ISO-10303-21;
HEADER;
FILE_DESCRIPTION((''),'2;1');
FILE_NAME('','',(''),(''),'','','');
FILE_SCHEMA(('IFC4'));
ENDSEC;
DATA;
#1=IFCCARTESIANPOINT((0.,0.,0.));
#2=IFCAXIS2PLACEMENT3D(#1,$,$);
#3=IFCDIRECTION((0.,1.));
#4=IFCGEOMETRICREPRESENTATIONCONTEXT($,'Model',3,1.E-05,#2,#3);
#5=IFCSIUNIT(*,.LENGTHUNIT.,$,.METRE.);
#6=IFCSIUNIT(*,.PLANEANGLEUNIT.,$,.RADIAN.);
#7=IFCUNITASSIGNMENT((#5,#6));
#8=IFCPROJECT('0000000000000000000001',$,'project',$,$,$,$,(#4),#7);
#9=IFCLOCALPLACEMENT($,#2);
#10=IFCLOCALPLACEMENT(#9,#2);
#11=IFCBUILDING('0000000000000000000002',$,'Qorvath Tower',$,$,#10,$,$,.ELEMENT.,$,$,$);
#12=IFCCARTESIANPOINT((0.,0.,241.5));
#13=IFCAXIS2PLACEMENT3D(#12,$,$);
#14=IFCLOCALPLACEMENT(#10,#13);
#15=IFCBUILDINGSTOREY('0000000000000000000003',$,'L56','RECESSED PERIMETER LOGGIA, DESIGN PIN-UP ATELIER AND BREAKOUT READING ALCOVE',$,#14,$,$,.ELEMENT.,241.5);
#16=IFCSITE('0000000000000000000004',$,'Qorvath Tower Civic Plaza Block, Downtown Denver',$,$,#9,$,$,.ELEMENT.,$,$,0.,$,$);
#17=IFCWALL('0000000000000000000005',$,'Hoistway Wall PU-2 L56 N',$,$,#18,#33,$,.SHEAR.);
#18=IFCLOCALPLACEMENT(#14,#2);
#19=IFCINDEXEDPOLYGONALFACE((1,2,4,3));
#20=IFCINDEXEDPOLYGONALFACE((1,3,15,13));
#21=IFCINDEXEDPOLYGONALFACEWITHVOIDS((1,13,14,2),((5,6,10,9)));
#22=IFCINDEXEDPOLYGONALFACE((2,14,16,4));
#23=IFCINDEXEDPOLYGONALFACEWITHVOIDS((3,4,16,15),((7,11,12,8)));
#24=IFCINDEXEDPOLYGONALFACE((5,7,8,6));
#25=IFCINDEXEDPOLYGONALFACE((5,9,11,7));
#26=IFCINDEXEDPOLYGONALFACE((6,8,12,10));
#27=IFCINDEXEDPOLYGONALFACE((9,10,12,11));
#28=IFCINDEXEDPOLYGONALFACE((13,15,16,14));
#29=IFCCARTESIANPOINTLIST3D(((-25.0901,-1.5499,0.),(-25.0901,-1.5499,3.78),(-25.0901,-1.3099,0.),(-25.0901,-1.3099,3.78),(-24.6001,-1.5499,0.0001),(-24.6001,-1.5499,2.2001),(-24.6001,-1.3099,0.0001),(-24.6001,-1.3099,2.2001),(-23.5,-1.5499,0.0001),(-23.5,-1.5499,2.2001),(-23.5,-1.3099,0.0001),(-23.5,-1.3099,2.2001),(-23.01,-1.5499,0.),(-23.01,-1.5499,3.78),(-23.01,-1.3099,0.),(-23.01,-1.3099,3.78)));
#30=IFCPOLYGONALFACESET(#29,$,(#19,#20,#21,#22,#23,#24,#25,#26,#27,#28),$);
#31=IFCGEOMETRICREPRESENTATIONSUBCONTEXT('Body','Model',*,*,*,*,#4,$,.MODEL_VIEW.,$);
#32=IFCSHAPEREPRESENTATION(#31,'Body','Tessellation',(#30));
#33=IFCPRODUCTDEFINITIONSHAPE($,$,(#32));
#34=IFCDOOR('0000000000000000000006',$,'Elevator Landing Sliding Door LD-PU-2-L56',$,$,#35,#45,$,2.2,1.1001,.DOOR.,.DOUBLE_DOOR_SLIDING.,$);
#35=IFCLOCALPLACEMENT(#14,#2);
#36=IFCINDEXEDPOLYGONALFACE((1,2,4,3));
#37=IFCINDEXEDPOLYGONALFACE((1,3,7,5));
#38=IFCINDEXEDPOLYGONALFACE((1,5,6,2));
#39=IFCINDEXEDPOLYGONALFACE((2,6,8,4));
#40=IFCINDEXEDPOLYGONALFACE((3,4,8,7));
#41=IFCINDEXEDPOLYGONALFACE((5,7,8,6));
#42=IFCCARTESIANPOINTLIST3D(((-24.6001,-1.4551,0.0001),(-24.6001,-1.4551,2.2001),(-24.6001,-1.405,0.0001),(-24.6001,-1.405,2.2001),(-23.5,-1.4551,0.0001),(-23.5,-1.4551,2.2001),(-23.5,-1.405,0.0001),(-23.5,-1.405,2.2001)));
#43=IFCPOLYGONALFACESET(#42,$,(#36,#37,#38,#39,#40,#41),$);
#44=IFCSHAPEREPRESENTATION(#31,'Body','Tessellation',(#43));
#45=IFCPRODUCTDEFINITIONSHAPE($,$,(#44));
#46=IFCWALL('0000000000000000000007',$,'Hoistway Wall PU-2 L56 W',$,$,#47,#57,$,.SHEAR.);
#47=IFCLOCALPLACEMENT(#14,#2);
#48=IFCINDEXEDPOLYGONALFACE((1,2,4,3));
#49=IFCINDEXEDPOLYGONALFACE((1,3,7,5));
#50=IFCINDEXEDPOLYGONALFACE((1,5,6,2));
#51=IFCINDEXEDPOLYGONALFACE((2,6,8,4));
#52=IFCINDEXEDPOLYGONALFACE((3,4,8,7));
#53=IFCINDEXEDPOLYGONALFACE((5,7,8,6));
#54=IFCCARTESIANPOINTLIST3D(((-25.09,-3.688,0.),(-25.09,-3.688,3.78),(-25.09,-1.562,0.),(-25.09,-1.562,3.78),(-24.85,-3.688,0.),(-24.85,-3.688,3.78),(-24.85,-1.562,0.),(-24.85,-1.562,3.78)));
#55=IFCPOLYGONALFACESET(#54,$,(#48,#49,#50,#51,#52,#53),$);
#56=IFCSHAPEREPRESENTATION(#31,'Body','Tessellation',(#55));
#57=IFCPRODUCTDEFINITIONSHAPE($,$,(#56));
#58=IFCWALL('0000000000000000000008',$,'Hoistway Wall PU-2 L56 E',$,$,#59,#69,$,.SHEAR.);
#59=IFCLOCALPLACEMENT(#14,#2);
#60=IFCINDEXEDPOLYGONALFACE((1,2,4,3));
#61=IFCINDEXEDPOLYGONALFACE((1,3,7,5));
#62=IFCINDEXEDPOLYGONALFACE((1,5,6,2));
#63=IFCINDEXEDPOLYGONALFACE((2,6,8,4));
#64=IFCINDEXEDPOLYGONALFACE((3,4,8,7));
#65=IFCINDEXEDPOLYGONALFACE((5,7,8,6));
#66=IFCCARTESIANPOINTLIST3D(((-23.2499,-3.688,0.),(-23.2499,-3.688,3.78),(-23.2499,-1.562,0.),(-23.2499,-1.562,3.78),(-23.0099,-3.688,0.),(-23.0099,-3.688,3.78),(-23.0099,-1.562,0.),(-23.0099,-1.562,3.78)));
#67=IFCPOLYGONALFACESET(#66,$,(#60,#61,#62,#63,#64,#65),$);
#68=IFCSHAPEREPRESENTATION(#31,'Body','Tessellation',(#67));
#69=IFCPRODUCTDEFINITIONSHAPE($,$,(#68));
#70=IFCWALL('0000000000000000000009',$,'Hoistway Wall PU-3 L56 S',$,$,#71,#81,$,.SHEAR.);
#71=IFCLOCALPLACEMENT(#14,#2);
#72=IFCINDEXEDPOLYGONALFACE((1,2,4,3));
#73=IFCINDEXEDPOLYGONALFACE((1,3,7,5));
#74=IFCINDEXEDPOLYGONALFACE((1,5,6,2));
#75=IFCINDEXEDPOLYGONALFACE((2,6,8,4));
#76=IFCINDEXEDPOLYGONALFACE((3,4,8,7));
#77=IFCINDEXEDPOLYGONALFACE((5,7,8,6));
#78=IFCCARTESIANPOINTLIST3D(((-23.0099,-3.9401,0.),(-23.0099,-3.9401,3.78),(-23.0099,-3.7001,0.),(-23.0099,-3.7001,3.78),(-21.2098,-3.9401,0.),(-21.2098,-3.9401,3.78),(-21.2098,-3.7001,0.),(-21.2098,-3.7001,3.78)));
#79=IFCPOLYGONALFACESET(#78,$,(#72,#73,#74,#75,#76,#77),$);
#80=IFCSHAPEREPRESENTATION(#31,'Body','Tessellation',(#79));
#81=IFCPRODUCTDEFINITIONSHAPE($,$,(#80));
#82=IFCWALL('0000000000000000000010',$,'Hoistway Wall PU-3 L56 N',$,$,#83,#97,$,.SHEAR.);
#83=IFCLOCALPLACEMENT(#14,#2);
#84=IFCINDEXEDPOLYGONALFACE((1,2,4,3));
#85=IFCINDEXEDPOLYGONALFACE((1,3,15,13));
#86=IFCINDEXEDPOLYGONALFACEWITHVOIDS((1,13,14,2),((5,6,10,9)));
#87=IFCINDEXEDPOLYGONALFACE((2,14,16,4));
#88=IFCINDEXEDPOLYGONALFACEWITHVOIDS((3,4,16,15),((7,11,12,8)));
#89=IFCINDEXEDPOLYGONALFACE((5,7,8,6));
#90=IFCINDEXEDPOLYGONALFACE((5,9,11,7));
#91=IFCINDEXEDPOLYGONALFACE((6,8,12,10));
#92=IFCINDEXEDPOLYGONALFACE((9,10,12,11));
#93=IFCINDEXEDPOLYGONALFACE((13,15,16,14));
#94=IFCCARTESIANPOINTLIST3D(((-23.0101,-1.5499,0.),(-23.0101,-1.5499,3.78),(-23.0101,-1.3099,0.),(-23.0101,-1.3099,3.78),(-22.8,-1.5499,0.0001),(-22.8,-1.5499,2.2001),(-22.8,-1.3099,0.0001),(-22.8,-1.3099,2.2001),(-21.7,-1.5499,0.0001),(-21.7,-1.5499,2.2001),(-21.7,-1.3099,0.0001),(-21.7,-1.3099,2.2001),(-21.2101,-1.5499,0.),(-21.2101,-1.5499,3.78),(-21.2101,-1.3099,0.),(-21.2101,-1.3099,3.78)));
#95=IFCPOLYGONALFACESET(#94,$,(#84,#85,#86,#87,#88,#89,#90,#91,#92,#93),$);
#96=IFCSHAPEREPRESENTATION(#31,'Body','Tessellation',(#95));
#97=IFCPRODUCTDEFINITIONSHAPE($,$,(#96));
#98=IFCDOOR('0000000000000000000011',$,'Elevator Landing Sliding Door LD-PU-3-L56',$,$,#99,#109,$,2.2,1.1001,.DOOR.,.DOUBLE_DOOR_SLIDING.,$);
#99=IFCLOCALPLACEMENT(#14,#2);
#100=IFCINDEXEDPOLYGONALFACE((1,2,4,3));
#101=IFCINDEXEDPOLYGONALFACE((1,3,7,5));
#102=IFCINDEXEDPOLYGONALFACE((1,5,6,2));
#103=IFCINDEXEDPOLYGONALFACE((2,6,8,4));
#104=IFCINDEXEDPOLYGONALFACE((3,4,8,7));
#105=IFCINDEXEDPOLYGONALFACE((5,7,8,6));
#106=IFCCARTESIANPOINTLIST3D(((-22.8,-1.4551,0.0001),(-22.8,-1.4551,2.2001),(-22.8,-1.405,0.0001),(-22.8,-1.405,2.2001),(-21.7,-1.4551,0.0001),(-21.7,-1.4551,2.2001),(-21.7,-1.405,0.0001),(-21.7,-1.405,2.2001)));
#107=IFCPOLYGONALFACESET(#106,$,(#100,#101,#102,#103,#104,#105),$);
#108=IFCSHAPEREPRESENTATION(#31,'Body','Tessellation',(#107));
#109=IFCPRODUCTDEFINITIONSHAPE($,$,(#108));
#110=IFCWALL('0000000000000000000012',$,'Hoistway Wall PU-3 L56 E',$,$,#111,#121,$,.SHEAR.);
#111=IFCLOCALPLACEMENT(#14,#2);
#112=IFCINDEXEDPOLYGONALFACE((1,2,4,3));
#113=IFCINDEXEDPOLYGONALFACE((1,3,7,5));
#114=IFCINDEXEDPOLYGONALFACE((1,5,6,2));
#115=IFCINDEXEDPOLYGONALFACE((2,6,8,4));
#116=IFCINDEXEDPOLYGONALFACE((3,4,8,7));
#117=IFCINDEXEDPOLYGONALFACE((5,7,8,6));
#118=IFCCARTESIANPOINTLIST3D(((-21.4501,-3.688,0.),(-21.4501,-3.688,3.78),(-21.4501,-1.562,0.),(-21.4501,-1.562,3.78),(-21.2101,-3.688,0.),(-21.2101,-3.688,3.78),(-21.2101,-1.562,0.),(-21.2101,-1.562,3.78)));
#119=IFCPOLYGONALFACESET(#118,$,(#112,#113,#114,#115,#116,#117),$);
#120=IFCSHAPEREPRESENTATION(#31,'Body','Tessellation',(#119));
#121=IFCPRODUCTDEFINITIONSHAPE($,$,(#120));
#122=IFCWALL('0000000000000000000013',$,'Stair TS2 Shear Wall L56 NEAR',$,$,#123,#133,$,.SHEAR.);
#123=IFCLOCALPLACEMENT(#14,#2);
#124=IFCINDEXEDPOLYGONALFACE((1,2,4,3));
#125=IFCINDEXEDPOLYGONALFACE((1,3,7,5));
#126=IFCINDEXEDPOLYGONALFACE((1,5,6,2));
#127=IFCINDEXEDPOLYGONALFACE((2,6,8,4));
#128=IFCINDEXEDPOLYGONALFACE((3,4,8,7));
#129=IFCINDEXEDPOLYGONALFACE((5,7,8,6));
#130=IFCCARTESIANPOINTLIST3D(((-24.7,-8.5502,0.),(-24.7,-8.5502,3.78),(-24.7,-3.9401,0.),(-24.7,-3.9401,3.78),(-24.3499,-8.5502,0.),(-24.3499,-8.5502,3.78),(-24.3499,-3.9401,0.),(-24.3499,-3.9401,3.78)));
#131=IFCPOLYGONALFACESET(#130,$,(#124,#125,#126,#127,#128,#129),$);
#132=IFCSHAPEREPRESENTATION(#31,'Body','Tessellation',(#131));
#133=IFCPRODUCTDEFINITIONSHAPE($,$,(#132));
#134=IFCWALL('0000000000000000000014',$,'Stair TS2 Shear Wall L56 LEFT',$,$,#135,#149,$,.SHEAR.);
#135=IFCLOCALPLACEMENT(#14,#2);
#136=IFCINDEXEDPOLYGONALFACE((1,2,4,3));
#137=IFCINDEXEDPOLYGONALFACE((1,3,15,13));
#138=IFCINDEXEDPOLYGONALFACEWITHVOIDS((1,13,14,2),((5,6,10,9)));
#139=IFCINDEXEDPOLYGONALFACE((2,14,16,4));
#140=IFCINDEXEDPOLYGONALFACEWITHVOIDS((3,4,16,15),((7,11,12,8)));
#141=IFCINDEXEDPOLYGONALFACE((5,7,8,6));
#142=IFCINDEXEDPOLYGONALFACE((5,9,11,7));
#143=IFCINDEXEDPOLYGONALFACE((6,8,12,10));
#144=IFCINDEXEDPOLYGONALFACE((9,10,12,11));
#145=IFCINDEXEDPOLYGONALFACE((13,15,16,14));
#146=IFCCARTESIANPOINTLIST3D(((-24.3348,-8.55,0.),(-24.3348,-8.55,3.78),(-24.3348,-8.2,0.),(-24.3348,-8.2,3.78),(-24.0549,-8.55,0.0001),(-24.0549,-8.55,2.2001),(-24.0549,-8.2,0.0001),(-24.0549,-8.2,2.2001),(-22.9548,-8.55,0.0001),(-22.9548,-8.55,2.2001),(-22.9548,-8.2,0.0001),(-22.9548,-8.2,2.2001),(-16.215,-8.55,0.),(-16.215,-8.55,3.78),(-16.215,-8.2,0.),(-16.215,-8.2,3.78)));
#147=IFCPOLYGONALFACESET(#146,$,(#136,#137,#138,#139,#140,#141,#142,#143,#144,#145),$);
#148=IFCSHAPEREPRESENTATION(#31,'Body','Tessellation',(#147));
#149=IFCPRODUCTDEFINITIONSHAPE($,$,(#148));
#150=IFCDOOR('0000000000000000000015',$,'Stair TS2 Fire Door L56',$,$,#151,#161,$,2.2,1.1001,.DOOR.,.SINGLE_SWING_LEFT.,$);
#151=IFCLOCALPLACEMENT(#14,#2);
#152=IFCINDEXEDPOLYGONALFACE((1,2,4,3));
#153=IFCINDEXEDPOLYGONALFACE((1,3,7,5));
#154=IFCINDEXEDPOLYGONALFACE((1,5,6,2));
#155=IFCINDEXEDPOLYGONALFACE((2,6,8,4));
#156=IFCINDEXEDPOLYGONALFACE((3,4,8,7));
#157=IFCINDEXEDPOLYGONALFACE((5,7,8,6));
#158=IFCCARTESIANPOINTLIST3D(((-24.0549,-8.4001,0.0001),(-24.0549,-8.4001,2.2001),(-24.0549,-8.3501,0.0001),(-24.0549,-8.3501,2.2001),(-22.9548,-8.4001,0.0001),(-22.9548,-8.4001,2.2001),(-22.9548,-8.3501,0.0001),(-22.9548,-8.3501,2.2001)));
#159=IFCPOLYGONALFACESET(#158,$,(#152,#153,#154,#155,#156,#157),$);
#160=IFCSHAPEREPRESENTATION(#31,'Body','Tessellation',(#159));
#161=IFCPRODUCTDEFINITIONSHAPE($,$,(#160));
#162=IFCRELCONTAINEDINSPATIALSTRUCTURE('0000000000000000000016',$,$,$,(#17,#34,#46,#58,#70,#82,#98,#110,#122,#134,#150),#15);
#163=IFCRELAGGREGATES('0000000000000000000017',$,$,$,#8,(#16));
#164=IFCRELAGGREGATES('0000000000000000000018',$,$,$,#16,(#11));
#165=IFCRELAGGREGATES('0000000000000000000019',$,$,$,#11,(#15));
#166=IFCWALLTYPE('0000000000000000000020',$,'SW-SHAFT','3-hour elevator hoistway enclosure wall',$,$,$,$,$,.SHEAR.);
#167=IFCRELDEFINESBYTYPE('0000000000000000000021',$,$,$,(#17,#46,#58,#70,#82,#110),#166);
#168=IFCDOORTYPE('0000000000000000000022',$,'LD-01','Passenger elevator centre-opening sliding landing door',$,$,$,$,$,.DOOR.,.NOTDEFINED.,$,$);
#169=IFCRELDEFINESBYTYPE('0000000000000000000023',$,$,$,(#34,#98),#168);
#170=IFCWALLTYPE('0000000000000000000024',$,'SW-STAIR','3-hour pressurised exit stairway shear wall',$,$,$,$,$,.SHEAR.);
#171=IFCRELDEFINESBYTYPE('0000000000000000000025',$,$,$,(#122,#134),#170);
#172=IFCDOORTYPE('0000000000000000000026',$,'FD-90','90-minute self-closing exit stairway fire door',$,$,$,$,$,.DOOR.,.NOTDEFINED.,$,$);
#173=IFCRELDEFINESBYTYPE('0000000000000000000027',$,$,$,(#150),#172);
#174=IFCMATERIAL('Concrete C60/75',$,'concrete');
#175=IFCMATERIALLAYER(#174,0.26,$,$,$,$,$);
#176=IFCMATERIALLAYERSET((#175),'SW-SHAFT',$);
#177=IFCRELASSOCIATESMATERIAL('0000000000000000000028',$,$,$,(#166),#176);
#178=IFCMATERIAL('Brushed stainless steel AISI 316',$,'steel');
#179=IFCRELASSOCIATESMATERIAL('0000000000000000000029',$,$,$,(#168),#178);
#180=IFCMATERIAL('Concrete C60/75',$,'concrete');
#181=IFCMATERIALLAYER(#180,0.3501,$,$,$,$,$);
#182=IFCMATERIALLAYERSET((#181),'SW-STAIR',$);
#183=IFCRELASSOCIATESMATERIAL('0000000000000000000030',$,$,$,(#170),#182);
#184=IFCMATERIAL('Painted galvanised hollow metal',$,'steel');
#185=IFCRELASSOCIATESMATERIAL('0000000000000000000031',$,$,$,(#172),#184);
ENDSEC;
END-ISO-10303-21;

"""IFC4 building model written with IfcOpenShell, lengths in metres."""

from ifc_helpers import new_model, si_unit, direction, frame, frame_2d, origin, place, context, subcontext, project, spatial, rectangle, extrude, material, layer, layer_set, type_object, element, fill, save


model = new_model("IFC4")

# Units and contexts
model_context = context("Model", 3, precision=1e-05, world=origin(), true_north=direction((0.0, 1.0)))
body_context = subcontext(model_context, "Body", "Model", "MODEL_VIEW")
ifc_project = project(units=[si_unit("LENGTHUNIT", "METRE"), si_unit("PLANEANGLEUNIT", "RADIAN")], contexts=[model_context])

# Site, building, storey
site_placement = place(None, origin())
site = spatial("IfcSite", under=ifc_project, at=site_placement, Name="Qorvath Tower Civic Plaza Block, Downtown Denver", CompositionType="ELEMENT", RefElevation=0.0)
building_placement = place(site_placement, origin())
building = spatial("IfcBuilding", under=site, at=building_placement, Name="Qorvath Tower", CompositionType="ELEMENT")
storey_placement = place(building_placement, frame((0.0, 0.0, 241.5)))
storey = spatial("IfcBuildingStorey", under=building, at=storey_placement, Name="L56", Description="RECESSED PERIMETER LOGGIA, DESIGN PIN-UP ATELIER AND BREAKOUT READING ALCOVE", CompositionType="ELEMENT", Elevation=241.5)

# Shared definitions
ifc_material_1 = material(Name="Concrete C60/75", Category="concrete")
ifc_layer_1 = layer(ifc_material_1, 0.26)
ifc_layer_set_1 = layer_set([ifc_layer_1], Name="SW-SHAFT")
wall_type_1 = type_object("IfcWallType", Name="SW-SHAFT", Description="3-hour elevator hoistway enclosure wall", PredefinedType="SHEAR", material=ifc_layer_set_1)

# Wall, opening, door
wall_1_placement = place(storey_placement, frame((-25.0901, -1.4299, 0.0), z_axis=(0.0, 0.0, 1.0), x_axis=(1.0, 0.0, 0.0)))
wall_1 = element("IfcWall", 1, at=wall_1_placement, inside=storey, type_object=wall_type_1, Name="Hoistway Wall PU-2 L56 N", PredefinedType="SHEAR", context=body_context, shape_type="SweptSolid", body=[
    extrude(rectangle(XDim=2.0801, YDim=0.24, at=frame_2d((1.04, 0.0))), origin(), (0.0, 0.0, 1.0), 3.78),
])
opening_1_placement = place(wall_1_placement, frame((0.49, 0.0, 0.0)))
opening_1 = element("IfcOpeningElement", 2, at=opening_1_placement, cuts=wall_1, PredefinedType="OPENING", context=body_context, shape_type="SweptSolid", body=[
    extrude(rectangle(XDim=1.1001, YDim=2.2, at=frame_2d((0.55, 1.1001))), frame((0.0, 0.1299, 0.0), z_axis=(0.0, -1.0, 0.0), x_axis=(1.0, 0.0, 0.0)), (0.0, 0.0, 1.0), 0.26),
])
ifc_material_2 = material(Name="Brushed stainless steel AISI 316", Category="steel")
door_type_1 = type_object("IfcDoorType", Name="LD-01", Description="Passenger elevator centre-opening sliding landing door", OperationType="NOTDEFINED", PredefinedType="DOOR", material=ifc_material_2)
door_1_placement = place(opening_1_placement, origin())
door_1 = element("IfcDoor", 3, at=door_1_placement, inside=storey, type_object=door_type_1, Name="Elevator Landing Sliding Door LD-PU-2-L56", OperationType="DOUBLE_DOOR_SLIDING", OverallHeight=2.2, OverallWidth=1.1001, PredefinedType="DOOR", context=body_context, shape_type="SweptSolid", body=[
    extrude(rectangle(XDim=1.1001, YDim=2.2, at=frame_2d((0.55, 1.1001))), frame((0.0, 0.0249, 0.0), z_axis=(0.0, -1.0, 0.0), x_axis=(1.0, 0.0, 0.0)), (0.0, 0.0, 1.0), 0.05),
])
fill(opening_1, door_1)

# Walls
for number, where, z_axis, x_axis, name in (
    (4, (-24.97, -3.688, 0.0), (0.0, 0.0, 1.0), (0.0, 1.0, 0.0), "Hoistway Wall PU-2 L56 W"),
    (5, (-23.1299, -1.562, 0.0), (0.0, 0.0, 1.0), (0.0, -1.0, 0.0), "Hoistway Wall PU-2 L56 E"),
):
    element("IfcWall", number, at=place(storey_placement, frame(where, z_axis=z_axis, x_axis=x_axis)), inside=storey, type_object=wall_type_1, Name=name, PredefinedType="SHEAR", context=body_context, shape_type="SweptSolid", body=[
        extrude(rectangle(XDim=2.126, YDim=0.24, at=frame_2d((1.063, 0.0))), origin(), (0.0, 0.0, 1.0), 3.78),
    ])
wall_2_placement = place(storey_placement, frame((-21.21, -3.8201, 0.0), z_axis=(0.0, 0.0, 1.0), x_axis=(-1.0, 0.0, 0.0)))
element("IfcWall", 6, at=wall_2_placement, inside=storey, type_object=wall_type_1, Name="Hoistway Wall PU-3 L56 S", PredefinedType="SHEAR", context=body_context, shape_type="SweptSolid", body=[
    extrude(rectangle(XDim=1.8, YDim=0.24, at=frame_2d((0.8999, 0.0))), origin(), (0.0, 0.0, 1.0), 3.78),
])

# Wall, opening, door
wall_3_placement = place(storey_placement, frame((-23.01, -1.4299, 0.0), z_axis=(0.0, 0.0, 1.0), x_axis=(1.0, 0.0, 0.0)))
wall_3 = element("IfcWall", 7, at=wall_3_placement, inside=storey, type_object=wall_type_1, Name="Hoistway Wall PU-3 L56 N", PredefinedType="SHEAR", context=body_context, shape_type="SweptSolid", body=[
    extrude(rectangle(XDim=1.8, YDim=0.24, at=frame_2d((0.8999, 0.0))), origin(), (0.0, 0.0, 1.0), 3.78),
])
opening_2_placement = place(wall_3_placement, frame((0.21, 0.0, 0.0)))
opening_2 = element("IfcOpeningElement", 8, at=opening_2_placement, cuts=wall_3, PredefinedType="OPENING", context=body_context, shape_type="SweptSolid", body=[
    extrude(rectangle(XDim=1.1001, YDim=2.2, at=frame_2d((0.55, 1.1001))), frame((0.0, 0.1299, 0.0), z_axis=(0.0, -1.0, 0.0), x_axis=(1.0, 0.0, 0.0)), (0.0, 0.0, 1.0), 0.26),
])
door_2_placement = place(opening_2_placement, origin())
door_2 = element("IfcDoor", 9, at=door_2_placement, inside=storey, type_object=door_type_1, Name="Elevator Landing Sliding Door LD-PU-3-L56", OperationType="DOUBLE_DOOR_SLIDING", OverallHeight=2.2, OverallWidth=1.1001, PredefinedType="DOOR", context=body_context, shape_type="SweptSolid", body=[
    extrude(rectangle(XDim=1.1001, YDim=2.2, at=frame_2d((0.55, 1.1001))), frame((0.0, 0.0249, 0.0), z_axis=(0.0, -1.0, 0.0), x_axis=(1.0, 0.0, 0.0)), (0.0, 0.0, 1.0), 0.05),
])
fill(opening_2, door_2)

# Walls
wall_4_placement = place(storey_placement, frame((-21.3301, -1.562, 0.0), z_axis=(0.0, 0.0, 1.0), x_axis=(0.0, -1.0, 0.0)))
element("IfcWall", 10, at=wall_4_placement, inside=storey, type_object=wall_type_1, Name="Hoistway Wall PU-3 L56 E", PredefinedType="SHEAR", context=body_context, shape_type="SweptSolid", body=[
    extrude(rectangle(XDim=2.126, YDim=0.24, at=frame_2d((1.063, 0.0))), origin(), (0.0, 0.0, 1.0), 3.78),
])
ifc_material_3 = material(Name="Concrete C60/75", Category="concrete")
ifc_layer_2 = layer(ifc_material_3, 0.3501)
ifc_layer_set_2 = layer_set([ifc_layer_2], Name="SW-STAIR")
wall_type_2 = type_object("IfcWallType", Name="SW-STAIR", Description="3-hour pressurised exit stairway shear wall", PredefinedType="SHEAR", material=ifc_layer_set_2)
wall_5_placement = place(storey_placement, frame((-24.5249, -3.9399, 0.0), z_axis=(0.0, 0.0, 1.0), x_axis=(0.0, -1.0, 0.0)))
element("IfcWall", 11, at=wall_5_placement, inside=storey, type_object=wall_type_2, Name="Stair TS2 Shear Wall L56 NEAR", PredefinedType="SHEAR", context=body_context, shape_type="SweptSolid", body=[
    extrude(rectangle(XDim=4.6101, YDim=0.3501, at=frame_2d((2.3052, 0.0))), origin(), (0.0, 0.0, 1.0), 3.78),
])

# Wall, opening, door
wall_6_placement = place(storey_placement, frame((-24.335, -8.375, 0.0), z_axis=(0.0, 0.0, 1.0), x_axis=(1.0, 0.0, 0.0)))
wall_6 = element("IfcWall", 12, at=wall_6_placement, inside=storey, type_object=wall_type_2, Name="Stair TS2 Shear Wall L56 LEFT", PredefinedType="SHEAR", context=body_context, shape_type="SweptSolid", body=[
    extrude(rectangle(XDim=8.1199, YDim=0.3501, at=frame_2d((4.0601, 0.0))), origin(), (0.0, 0.0, 1.0), 3.78),
])
opening_3_placement = place(wall_6_placement, frame((0.28, 0.0, 0.0)))
opening_3 = element("IfcOpeningElement", 13, at=opening_3_placement, cuts=wall_6, PredefinedType="OPENING", context=body_context, shape_type="SweptSolid", body=[
    extrude(rectangle(XDim=1.1001, YDim=2.2, at=frame_2d((0.55, 1.1001))), frame((0.0, 0.1851, 0.0), z_axis=(0.0, -1.0, 0.0), x_axis=(1.0, 0.0, 0.0)), (0.0, 0.0, 1.0), 0.3701),
])
ifc_material_4 = material(Name="Painted galvanised hollow metal", Category="steel")
door_type_2 = type_object("IfcDoorType", Name="FD-90", Description="90-minute self-closing exit stairway fire door", OperationType="NOTDEFINED", PredefinedType="DOOR", material=ifc_material_4)
door_3_placement = place(opening_3_placement, origin())
door_3 = element("IfcDoor", 14, at=door_3_placement, inside=storey, type_object=door_type_2, Name="Stair TS2 Fire Door L56", OperationType="SINGLE_SWING_LEFT", OverallHeight=2.2, OverallWidth=1.1001, PredefinedType="DOOR", context=body_context, shape_type="SweptSolid", body=[
    extrude(rectangle(XDim=1.1001, YDim=2.2, at=frame_2d((0.55, 1.1001))), frame((0.0, 0.0249, 0.0), z_axis=(0.0, -1.0, 0.0), x_axis=(1.0, 0.0, 0.0)), (0.0, 0.0, 1.0), 0.05),
])
fill(opening_3, door_3)

save(model, "model.ifc")
